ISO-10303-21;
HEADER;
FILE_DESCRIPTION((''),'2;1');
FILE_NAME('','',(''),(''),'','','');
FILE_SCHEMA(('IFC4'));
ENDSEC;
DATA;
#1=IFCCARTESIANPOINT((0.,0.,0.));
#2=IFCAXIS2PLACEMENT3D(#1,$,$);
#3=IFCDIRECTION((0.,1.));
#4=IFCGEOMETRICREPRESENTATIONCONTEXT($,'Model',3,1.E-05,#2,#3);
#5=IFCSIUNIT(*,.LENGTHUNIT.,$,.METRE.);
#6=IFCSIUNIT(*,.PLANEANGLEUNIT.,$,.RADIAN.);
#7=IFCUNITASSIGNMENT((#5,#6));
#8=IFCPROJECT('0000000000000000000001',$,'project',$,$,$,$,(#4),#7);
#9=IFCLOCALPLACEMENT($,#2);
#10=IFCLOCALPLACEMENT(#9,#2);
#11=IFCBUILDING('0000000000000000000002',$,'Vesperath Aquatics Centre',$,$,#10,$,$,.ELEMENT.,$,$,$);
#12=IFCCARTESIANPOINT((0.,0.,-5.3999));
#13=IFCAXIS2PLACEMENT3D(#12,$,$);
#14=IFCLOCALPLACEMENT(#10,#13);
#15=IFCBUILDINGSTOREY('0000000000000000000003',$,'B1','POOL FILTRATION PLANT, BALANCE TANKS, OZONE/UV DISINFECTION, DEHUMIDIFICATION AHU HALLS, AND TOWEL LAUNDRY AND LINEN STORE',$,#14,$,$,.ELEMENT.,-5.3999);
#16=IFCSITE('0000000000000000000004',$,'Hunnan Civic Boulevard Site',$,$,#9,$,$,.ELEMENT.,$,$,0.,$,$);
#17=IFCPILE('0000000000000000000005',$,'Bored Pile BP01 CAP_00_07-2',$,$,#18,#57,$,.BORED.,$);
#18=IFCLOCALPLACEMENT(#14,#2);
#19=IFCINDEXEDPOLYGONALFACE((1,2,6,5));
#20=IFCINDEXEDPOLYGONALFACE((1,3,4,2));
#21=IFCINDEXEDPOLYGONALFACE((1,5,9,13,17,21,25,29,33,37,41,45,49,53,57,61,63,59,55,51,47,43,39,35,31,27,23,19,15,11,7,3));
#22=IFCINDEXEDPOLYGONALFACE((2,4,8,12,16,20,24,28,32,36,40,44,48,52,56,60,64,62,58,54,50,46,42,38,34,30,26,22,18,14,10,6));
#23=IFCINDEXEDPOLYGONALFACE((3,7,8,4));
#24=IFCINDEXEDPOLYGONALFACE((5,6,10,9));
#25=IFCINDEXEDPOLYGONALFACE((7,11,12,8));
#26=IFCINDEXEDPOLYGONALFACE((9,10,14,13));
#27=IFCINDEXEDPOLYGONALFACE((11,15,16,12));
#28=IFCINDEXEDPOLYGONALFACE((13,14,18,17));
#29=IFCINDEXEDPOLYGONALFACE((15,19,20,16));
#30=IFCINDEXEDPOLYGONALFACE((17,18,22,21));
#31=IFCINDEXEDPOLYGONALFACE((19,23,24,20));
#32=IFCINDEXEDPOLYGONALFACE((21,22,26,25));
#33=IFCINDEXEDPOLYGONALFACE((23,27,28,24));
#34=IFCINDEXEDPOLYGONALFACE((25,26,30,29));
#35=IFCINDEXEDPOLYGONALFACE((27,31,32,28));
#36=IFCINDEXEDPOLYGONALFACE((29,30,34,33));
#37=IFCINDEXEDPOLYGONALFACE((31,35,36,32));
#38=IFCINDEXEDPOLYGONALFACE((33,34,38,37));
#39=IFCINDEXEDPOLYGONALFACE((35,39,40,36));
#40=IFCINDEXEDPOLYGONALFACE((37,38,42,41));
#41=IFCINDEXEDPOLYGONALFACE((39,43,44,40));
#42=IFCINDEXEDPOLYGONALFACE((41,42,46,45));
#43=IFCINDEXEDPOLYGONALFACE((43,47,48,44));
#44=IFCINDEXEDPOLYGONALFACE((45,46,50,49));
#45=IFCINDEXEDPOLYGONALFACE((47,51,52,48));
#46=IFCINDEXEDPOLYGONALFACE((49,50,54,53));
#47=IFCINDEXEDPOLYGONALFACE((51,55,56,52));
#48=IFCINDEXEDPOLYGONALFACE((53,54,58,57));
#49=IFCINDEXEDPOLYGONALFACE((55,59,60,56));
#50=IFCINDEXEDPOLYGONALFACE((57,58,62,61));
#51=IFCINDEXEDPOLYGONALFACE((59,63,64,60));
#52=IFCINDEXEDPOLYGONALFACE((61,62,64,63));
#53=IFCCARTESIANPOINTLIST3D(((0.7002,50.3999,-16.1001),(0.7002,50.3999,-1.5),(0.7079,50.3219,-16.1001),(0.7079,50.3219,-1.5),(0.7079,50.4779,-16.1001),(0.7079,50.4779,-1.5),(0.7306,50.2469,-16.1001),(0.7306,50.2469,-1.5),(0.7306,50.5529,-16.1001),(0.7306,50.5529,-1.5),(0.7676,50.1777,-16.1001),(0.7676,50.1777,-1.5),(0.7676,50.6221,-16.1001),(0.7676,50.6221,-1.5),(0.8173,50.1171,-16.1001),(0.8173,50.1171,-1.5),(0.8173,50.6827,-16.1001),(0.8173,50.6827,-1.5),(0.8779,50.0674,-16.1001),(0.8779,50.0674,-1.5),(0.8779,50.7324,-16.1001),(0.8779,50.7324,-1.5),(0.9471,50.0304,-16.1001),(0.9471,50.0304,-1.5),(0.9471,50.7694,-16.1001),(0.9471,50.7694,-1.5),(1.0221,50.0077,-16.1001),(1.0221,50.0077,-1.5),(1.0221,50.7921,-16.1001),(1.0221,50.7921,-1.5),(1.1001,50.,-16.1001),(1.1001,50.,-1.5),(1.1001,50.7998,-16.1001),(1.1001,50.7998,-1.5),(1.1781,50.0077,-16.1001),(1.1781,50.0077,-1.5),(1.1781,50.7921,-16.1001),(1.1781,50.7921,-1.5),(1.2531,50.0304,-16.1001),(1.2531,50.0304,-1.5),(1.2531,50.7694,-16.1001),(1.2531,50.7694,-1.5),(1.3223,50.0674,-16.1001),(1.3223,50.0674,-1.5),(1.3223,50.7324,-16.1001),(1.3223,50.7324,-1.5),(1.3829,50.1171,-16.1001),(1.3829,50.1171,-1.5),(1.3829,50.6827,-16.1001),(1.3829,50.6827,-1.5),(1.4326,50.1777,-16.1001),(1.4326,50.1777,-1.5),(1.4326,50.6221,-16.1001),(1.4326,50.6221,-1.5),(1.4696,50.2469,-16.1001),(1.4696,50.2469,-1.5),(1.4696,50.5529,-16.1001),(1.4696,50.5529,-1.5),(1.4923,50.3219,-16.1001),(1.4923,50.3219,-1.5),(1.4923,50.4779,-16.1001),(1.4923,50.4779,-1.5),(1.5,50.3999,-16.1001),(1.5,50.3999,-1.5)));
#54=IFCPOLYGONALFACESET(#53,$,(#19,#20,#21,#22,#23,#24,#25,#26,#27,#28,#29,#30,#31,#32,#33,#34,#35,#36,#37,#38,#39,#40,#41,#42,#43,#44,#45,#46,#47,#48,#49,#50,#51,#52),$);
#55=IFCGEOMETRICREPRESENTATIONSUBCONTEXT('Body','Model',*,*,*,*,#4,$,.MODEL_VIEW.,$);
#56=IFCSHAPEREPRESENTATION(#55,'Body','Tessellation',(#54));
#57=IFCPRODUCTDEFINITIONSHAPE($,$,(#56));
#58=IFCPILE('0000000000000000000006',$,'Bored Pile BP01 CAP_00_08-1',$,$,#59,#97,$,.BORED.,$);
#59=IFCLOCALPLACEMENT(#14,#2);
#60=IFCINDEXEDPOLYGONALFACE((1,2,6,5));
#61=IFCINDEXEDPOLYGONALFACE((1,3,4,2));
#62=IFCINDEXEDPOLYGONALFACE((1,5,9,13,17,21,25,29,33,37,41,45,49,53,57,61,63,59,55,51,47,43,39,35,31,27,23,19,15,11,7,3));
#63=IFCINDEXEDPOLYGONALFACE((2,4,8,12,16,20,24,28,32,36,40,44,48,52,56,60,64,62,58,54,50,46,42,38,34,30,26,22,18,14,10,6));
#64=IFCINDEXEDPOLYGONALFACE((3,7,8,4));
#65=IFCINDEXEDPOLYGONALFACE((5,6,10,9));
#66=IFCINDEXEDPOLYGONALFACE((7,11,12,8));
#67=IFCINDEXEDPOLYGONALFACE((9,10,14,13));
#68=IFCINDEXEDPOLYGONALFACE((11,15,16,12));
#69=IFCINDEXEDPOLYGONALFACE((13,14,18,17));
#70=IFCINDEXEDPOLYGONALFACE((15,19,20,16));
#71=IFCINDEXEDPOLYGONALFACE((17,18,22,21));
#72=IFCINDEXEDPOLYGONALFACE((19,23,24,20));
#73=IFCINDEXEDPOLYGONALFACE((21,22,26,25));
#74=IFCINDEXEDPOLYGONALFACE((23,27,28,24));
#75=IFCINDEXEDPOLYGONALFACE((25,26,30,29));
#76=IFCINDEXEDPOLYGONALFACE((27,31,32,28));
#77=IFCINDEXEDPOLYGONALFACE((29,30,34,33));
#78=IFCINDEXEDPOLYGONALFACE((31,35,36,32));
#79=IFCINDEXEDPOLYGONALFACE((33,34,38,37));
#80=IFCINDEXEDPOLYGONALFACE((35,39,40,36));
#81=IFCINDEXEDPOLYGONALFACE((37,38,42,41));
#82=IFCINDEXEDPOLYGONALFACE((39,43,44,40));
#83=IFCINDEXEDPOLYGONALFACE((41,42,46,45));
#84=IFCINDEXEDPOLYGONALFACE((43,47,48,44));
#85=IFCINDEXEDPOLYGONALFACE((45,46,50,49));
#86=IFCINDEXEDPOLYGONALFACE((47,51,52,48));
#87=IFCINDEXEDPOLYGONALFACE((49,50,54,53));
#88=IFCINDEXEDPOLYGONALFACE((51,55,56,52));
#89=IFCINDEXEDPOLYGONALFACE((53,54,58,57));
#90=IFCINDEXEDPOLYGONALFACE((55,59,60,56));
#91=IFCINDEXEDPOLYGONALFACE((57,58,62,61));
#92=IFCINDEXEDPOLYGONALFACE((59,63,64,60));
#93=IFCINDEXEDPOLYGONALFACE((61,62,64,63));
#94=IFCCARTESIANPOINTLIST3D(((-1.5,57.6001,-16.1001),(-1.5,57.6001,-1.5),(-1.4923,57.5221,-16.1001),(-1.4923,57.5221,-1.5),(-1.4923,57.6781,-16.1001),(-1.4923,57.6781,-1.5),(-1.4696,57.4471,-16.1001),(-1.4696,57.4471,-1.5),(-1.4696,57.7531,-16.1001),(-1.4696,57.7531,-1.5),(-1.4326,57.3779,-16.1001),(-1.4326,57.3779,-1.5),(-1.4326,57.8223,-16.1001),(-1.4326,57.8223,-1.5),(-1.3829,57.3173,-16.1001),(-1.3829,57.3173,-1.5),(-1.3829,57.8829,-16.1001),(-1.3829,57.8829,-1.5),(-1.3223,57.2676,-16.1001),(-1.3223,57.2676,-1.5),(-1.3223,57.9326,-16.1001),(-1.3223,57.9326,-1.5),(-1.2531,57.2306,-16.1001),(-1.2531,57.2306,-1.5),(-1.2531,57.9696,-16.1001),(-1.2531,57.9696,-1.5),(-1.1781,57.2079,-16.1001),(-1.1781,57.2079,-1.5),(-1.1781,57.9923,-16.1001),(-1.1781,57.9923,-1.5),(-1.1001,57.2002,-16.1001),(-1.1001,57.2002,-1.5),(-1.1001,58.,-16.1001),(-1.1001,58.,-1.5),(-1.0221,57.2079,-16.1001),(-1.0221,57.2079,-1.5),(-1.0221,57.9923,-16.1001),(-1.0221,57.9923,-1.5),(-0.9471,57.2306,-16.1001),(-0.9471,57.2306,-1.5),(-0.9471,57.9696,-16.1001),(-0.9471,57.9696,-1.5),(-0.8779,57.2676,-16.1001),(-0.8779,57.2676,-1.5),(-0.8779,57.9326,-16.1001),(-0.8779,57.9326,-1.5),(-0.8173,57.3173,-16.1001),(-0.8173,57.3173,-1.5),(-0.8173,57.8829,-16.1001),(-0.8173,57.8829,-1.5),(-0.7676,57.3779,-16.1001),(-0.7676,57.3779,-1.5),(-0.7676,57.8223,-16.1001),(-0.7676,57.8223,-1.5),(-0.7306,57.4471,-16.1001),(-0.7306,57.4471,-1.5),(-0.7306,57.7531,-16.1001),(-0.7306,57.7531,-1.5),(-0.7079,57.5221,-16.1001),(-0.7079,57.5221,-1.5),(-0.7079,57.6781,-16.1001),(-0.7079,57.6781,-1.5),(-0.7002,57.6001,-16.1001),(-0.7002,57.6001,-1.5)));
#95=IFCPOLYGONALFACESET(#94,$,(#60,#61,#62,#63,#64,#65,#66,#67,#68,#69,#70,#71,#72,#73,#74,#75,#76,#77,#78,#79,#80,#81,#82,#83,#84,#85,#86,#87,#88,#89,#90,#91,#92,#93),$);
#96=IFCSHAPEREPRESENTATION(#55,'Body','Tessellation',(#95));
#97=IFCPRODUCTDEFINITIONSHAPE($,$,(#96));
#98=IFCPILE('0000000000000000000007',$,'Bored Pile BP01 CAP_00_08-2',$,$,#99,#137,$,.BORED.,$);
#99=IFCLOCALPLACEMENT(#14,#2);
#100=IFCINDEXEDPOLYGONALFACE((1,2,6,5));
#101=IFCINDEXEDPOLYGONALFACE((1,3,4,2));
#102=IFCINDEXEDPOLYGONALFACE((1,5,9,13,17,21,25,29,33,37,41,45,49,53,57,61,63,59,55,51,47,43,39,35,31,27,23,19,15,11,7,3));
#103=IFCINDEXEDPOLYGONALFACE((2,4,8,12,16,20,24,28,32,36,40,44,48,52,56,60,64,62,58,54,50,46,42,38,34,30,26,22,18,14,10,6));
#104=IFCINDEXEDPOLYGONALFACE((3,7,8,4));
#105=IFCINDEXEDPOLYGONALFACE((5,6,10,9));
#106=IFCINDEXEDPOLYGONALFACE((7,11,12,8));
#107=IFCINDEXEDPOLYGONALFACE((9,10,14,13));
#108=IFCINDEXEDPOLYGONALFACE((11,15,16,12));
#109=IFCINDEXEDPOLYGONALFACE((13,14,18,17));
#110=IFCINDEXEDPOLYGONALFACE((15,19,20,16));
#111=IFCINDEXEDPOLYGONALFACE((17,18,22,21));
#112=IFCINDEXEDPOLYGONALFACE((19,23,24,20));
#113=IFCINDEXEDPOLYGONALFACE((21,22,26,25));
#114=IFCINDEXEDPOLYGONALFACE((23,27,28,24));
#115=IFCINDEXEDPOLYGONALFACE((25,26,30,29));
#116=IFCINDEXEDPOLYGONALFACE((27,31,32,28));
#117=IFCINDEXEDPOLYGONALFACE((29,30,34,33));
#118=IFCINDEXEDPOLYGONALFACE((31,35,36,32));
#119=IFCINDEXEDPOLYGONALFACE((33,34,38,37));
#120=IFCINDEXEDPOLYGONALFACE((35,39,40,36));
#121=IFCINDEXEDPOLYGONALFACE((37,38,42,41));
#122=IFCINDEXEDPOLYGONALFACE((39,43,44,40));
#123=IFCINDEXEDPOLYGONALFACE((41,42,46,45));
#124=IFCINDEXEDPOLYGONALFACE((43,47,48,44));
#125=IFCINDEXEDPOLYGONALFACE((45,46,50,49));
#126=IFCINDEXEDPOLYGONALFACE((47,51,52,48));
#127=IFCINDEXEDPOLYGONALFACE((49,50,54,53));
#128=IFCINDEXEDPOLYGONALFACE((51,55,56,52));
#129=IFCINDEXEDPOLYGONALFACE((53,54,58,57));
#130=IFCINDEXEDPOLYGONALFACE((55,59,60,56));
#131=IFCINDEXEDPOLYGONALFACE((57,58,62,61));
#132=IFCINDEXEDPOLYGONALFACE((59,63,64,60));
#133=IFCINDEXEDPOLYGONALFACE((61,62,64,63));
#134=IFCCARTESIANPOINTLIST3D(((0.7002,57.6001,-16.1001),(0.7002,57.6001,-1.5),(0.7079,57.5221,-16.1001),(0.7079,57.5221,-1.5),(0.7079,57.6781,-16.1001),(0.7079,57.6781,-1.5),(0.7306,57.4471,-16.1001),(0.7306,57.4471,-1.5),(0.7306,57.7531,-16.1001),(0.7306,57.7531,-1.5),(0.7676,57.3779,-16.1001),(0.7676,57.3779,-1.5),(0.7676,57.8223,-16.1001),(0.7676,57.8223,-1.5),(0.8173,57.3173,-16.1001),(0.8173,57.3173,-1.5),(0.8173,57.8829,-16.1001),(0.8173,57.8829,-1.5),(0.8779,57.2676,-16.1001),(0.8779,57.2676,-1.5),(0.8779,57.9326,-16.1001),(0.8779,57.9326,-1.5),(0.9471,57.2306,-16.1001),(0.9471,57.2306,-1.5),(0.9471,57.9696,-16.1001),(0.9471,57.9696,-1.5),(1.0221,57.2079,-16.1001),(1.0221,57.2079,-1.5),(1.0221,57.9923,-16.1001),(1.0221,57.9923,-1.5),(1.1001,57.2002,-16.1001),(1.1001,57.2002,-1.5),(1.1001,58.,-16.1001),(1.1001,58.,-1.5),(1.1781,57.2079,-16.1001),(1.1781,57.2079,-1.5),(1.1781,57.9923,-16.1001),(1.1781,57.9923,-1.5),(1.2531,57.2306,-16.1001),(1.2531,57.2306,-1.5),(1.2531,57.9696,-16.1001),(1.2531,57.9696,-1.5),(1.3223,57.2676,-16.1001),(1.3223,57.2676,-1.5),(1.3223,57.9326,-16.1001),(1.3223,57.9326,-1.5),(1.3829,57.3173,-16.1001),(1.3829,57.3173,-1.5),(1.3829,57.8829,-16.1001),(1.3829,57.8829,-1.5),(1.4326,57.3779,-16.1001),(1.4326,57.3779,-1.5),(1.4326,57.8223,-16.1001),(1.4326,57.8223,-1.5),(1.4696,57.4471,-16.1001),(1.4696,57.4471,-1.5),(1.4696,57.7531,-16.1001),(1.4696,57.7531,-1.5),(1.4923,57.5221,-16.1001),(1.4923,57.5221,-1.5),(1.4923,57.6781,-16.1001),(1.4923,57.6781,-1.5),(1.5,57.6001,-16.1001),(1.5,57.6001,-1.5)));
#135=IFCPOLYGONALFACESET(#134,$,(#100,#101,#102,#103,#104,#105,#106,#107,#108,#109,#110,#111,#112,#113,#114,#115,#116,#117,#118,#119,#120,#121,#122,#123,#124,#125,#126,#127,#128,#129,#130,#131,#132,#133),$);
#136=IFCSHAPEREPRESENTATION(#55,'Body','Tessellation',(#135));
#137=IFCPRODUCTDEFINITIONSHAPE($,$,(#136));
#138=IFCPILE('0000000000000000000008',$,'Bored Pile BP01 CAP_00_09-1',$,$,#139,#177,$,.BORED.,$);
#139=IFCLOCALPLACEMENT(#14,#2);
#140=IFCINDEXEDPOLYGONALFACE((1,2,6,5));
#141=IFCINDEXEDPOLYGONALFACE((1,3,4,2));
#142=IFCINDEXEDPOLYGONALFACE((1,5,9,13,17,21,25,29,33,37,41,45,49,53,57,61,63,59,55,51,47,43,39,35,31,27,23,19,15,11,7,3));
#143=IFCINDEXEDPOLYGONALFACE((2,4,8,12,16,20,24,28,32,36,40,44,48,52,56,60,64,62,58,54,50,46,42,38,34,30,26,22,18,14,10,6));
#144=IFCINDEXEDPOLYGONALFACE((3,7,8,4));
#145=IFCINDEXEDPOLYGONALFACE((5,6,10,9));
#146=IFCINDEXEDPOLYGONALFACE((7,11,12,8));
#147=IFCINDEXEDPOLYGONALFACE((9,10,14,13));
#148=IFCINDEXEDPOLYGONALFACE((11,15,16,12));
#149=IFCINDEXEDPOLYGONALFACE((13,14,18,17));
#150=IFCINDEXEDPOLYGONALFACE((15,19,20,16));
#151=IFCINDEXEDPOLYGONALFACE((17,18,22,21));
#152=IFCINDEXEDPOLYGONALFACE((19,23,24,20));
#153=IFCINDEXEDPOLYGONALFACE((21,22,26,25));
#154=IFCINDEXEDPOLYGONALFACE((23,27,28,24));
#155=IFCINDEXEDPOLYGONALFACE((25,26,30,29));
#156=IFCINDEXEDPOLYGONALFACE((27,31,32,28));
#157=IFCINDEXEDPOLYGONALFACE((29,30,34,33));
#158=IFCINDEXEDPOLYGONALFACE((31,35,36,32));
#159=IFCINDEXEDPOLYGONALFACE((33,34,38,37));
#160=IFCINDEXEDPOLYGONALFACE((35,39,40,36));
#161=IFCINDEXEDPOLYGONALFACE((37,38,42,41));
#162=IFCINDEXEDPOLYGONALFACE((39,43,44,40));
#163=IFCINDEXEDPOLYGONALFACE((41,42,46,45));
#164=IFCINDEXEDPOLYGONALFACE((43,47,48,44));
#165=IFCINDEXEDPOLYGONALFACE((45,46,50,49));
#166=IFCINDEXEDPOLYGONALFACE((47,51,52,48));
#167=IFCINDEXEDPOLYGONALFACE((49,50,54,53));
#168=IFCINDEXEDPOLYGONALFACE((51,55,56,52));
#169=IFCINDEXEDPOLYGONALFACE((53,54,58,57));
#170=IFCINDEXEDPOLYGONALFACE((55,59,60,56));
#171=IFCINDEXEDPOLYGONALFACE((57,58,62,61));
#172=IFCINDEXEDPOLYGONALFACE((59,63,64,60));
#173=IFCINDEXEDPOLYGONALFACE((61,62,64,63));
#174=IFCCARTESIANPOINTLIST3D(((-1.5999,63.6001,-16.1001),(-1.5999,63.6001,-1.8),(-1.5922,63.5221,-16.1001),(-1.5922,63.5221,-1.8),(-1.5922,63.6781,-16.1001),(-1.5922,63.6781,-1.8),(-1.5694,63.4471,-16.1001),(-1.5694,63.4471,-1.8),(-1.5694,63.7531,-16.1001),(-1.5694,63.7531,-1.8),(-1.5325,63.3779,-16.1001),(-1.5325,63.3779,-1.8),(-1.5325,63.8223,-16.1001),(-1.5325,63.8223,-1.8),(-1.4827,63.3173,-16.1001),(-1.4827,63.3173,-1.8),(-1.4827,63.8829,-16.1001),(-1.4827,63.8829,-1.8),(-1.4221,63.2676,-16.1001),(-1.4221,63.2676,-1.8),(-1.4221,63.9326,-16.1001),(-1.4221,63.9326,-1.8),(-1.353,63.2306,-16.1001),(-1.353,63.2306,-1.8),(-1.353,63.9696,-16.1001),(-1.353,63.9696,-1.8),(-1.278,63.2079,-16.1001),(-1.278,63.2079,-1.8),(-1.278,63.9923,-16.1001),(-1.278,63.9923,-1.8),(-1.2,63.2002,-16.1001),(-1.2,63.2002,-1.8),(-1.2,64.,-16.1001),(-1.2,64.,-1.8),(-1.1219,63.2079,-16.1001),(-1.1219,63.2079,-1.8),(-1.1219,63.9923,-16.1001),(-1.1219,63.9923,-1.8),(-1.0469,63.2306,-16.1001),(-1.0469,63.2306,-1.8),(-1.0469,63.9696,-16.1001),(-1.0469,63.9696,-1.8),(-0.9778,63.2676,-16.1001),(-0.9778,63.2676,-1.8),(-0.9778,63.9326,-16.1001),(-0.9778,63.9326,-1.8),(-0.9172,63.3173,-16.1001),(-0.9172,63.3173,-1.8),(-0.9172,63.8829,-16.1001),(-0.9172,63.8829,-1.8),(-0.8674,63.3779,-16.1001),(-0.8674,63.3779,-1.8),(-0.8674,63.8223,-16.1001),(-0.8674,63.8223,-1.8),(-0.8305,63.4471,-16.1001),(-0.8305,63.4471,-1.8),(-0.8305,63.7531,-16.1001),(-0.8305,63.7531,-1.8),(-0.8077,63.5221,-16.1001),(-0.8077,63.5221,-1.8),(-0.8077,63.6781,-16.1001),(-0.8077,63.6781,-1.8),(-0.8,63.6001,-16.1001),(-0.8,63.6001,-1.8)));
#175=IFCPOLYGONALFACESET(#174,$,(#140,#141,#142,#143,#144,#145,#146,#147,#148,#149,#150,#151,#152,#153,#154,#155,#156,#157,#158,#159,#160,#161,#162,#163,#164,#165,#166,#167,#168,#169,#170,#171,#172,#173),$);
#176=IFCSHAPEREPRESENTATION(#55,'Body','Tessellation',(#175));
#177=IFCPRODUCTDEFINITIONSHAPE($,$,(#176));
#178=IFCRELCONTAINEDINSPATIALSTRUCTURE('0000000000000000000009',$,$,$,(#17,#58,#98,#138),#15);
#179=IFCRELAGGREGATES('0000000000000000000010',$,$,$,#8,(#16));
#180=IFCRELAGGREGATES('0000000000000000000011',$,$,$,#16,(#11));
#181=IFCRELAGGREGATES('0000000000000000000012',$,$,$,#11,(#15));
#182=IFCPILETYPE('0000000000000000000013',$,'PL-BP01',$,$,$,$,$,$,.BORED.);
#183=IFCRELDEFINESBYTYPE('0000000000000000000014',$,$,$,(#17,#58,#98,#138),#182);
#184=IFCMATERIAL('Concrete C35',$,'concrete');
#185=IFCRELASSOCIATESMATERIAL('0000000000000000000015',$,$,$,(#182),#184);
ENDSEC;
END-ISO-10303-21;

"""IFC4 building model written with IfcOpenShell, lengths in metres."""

from ifc_helpers import new_model, si_unit, direction, frame, origin, origin_2d, place, context, subcontext, project, spatial, circle, extrude, material, material_profile, profile_set, type_object, element, save


model = new_model("IFC4")

# Units and contexts
model_context = context("Model", 3, precision=1e-05, world=origin(), true_north=direction((0.0, 1.0)))
body_context = subcontext(model_context, "Body", "Model", "MODEL_VIEW")
ifc_project = project(units=[si_unit("LENGTHUNIT", "METRE"), si_unit("PLANEANGLEUNIT", "RADIAN")], contexts=[model_context])

# Site, building, storey
site_placement = place(None, origin())
site = spatial("IfcSite", under=ifc_project, at=site_placement, Name="Hunnan Civic Boulevard Site", CompositionType="ELEMENT", RefElevation=0.0)
building_placement = place(site_placement, origin())
building = spatial("IfcBuilding", under=site, at=building_placement, Name="Vesperath Aquatics Centre", CompositionType="ELEMENT")
storey_placement = place(building_placement, frame((0.0, 0.0, -5.3999)))
storey = spatial("IfcBuildingStorey", under=building, at=storey_placement, Name="B1", Description="POOL FILTRATION PLANT, BALANCE TANKS, OZONE/UV DISINFECTION, DEHUMIDIFICATION AHU HALLS, AND TOWEL LAUNDRY AND LINEN STORE", CompositionType="ELEMENT", Elevation=-5.3999)

# Piles
ifc_material_1 = material(Name="Concrete C35", Category="concrete")
ifc_material_profile_1 = material_profile(ifc_material_1, circle(Radius=0.3999, at=origin_2d()), Name="PILE D800")
ifc_profile_set_1 = profile_set([ifc_material_profile_1], Name="Concrete C35")
pile_type = type_object("IfcPileType", Name="PL-BP01", PredefinedType="BORED", material=ifc_profile_set_1)
for number, where, z_axis, x_axis, name in (
    (1, (1.1001, 50.3999, -1.5), (0.0, 0.0, -1.0), (1.0, 0.0, 0.0), "Bored Pile BP01 CAP_00_07-2"),
    (2, (-1.1001, 57.6001, -1.5), (0.0, 0.0, -1.0), (1.0, 0.0, 0.0), "Bored Pile BP01 CAP_00_08-1"),
    (3, (1.1001, 57.6001, -1.5), (0.0, 0.0, -1.0), (1.0, 0.0, 0.0), "Bored Pile BP01 CAP_00_08-2"),
):
    element("IfcPile", number, at=place(storey_placement, frame(where, z_axis=z_axis, x_axis=x_axis)), inside=storey, type_object=pile_type, Name=name, PredefinedType="BORED", context=body_context, shape_type="SweptSolid", body=[
        extrude(circle(Radius=0.3999, at=origin_2d()), origin(), (0.0, 0.0, 1.0), 14.6001),
    ])
for number, where, z_axis, x_axis, name in (
    (4, (-1.2, 63.6001, -1.8), (0.0, 0.0, -1.0), (1.0, 0.0, 0.0), "Bored Pile BP01 CAP_00_09-1"),
):
    element("IfcPile", number, at=place(storey_placement, frame(where, z_axis=z_axis, x_axis=x_axis)), inside=storey, type_object=pile_type, Name=name, PredefinedType="BORED", context=body_context, shape_type="SweptSolid", body=[
        extrude(circle(Radius=0.3999, at=origin_2d()), origin(), (0.0, 0.0, 1.0), 14.3),
    ])

save(model, "model.ifc")
